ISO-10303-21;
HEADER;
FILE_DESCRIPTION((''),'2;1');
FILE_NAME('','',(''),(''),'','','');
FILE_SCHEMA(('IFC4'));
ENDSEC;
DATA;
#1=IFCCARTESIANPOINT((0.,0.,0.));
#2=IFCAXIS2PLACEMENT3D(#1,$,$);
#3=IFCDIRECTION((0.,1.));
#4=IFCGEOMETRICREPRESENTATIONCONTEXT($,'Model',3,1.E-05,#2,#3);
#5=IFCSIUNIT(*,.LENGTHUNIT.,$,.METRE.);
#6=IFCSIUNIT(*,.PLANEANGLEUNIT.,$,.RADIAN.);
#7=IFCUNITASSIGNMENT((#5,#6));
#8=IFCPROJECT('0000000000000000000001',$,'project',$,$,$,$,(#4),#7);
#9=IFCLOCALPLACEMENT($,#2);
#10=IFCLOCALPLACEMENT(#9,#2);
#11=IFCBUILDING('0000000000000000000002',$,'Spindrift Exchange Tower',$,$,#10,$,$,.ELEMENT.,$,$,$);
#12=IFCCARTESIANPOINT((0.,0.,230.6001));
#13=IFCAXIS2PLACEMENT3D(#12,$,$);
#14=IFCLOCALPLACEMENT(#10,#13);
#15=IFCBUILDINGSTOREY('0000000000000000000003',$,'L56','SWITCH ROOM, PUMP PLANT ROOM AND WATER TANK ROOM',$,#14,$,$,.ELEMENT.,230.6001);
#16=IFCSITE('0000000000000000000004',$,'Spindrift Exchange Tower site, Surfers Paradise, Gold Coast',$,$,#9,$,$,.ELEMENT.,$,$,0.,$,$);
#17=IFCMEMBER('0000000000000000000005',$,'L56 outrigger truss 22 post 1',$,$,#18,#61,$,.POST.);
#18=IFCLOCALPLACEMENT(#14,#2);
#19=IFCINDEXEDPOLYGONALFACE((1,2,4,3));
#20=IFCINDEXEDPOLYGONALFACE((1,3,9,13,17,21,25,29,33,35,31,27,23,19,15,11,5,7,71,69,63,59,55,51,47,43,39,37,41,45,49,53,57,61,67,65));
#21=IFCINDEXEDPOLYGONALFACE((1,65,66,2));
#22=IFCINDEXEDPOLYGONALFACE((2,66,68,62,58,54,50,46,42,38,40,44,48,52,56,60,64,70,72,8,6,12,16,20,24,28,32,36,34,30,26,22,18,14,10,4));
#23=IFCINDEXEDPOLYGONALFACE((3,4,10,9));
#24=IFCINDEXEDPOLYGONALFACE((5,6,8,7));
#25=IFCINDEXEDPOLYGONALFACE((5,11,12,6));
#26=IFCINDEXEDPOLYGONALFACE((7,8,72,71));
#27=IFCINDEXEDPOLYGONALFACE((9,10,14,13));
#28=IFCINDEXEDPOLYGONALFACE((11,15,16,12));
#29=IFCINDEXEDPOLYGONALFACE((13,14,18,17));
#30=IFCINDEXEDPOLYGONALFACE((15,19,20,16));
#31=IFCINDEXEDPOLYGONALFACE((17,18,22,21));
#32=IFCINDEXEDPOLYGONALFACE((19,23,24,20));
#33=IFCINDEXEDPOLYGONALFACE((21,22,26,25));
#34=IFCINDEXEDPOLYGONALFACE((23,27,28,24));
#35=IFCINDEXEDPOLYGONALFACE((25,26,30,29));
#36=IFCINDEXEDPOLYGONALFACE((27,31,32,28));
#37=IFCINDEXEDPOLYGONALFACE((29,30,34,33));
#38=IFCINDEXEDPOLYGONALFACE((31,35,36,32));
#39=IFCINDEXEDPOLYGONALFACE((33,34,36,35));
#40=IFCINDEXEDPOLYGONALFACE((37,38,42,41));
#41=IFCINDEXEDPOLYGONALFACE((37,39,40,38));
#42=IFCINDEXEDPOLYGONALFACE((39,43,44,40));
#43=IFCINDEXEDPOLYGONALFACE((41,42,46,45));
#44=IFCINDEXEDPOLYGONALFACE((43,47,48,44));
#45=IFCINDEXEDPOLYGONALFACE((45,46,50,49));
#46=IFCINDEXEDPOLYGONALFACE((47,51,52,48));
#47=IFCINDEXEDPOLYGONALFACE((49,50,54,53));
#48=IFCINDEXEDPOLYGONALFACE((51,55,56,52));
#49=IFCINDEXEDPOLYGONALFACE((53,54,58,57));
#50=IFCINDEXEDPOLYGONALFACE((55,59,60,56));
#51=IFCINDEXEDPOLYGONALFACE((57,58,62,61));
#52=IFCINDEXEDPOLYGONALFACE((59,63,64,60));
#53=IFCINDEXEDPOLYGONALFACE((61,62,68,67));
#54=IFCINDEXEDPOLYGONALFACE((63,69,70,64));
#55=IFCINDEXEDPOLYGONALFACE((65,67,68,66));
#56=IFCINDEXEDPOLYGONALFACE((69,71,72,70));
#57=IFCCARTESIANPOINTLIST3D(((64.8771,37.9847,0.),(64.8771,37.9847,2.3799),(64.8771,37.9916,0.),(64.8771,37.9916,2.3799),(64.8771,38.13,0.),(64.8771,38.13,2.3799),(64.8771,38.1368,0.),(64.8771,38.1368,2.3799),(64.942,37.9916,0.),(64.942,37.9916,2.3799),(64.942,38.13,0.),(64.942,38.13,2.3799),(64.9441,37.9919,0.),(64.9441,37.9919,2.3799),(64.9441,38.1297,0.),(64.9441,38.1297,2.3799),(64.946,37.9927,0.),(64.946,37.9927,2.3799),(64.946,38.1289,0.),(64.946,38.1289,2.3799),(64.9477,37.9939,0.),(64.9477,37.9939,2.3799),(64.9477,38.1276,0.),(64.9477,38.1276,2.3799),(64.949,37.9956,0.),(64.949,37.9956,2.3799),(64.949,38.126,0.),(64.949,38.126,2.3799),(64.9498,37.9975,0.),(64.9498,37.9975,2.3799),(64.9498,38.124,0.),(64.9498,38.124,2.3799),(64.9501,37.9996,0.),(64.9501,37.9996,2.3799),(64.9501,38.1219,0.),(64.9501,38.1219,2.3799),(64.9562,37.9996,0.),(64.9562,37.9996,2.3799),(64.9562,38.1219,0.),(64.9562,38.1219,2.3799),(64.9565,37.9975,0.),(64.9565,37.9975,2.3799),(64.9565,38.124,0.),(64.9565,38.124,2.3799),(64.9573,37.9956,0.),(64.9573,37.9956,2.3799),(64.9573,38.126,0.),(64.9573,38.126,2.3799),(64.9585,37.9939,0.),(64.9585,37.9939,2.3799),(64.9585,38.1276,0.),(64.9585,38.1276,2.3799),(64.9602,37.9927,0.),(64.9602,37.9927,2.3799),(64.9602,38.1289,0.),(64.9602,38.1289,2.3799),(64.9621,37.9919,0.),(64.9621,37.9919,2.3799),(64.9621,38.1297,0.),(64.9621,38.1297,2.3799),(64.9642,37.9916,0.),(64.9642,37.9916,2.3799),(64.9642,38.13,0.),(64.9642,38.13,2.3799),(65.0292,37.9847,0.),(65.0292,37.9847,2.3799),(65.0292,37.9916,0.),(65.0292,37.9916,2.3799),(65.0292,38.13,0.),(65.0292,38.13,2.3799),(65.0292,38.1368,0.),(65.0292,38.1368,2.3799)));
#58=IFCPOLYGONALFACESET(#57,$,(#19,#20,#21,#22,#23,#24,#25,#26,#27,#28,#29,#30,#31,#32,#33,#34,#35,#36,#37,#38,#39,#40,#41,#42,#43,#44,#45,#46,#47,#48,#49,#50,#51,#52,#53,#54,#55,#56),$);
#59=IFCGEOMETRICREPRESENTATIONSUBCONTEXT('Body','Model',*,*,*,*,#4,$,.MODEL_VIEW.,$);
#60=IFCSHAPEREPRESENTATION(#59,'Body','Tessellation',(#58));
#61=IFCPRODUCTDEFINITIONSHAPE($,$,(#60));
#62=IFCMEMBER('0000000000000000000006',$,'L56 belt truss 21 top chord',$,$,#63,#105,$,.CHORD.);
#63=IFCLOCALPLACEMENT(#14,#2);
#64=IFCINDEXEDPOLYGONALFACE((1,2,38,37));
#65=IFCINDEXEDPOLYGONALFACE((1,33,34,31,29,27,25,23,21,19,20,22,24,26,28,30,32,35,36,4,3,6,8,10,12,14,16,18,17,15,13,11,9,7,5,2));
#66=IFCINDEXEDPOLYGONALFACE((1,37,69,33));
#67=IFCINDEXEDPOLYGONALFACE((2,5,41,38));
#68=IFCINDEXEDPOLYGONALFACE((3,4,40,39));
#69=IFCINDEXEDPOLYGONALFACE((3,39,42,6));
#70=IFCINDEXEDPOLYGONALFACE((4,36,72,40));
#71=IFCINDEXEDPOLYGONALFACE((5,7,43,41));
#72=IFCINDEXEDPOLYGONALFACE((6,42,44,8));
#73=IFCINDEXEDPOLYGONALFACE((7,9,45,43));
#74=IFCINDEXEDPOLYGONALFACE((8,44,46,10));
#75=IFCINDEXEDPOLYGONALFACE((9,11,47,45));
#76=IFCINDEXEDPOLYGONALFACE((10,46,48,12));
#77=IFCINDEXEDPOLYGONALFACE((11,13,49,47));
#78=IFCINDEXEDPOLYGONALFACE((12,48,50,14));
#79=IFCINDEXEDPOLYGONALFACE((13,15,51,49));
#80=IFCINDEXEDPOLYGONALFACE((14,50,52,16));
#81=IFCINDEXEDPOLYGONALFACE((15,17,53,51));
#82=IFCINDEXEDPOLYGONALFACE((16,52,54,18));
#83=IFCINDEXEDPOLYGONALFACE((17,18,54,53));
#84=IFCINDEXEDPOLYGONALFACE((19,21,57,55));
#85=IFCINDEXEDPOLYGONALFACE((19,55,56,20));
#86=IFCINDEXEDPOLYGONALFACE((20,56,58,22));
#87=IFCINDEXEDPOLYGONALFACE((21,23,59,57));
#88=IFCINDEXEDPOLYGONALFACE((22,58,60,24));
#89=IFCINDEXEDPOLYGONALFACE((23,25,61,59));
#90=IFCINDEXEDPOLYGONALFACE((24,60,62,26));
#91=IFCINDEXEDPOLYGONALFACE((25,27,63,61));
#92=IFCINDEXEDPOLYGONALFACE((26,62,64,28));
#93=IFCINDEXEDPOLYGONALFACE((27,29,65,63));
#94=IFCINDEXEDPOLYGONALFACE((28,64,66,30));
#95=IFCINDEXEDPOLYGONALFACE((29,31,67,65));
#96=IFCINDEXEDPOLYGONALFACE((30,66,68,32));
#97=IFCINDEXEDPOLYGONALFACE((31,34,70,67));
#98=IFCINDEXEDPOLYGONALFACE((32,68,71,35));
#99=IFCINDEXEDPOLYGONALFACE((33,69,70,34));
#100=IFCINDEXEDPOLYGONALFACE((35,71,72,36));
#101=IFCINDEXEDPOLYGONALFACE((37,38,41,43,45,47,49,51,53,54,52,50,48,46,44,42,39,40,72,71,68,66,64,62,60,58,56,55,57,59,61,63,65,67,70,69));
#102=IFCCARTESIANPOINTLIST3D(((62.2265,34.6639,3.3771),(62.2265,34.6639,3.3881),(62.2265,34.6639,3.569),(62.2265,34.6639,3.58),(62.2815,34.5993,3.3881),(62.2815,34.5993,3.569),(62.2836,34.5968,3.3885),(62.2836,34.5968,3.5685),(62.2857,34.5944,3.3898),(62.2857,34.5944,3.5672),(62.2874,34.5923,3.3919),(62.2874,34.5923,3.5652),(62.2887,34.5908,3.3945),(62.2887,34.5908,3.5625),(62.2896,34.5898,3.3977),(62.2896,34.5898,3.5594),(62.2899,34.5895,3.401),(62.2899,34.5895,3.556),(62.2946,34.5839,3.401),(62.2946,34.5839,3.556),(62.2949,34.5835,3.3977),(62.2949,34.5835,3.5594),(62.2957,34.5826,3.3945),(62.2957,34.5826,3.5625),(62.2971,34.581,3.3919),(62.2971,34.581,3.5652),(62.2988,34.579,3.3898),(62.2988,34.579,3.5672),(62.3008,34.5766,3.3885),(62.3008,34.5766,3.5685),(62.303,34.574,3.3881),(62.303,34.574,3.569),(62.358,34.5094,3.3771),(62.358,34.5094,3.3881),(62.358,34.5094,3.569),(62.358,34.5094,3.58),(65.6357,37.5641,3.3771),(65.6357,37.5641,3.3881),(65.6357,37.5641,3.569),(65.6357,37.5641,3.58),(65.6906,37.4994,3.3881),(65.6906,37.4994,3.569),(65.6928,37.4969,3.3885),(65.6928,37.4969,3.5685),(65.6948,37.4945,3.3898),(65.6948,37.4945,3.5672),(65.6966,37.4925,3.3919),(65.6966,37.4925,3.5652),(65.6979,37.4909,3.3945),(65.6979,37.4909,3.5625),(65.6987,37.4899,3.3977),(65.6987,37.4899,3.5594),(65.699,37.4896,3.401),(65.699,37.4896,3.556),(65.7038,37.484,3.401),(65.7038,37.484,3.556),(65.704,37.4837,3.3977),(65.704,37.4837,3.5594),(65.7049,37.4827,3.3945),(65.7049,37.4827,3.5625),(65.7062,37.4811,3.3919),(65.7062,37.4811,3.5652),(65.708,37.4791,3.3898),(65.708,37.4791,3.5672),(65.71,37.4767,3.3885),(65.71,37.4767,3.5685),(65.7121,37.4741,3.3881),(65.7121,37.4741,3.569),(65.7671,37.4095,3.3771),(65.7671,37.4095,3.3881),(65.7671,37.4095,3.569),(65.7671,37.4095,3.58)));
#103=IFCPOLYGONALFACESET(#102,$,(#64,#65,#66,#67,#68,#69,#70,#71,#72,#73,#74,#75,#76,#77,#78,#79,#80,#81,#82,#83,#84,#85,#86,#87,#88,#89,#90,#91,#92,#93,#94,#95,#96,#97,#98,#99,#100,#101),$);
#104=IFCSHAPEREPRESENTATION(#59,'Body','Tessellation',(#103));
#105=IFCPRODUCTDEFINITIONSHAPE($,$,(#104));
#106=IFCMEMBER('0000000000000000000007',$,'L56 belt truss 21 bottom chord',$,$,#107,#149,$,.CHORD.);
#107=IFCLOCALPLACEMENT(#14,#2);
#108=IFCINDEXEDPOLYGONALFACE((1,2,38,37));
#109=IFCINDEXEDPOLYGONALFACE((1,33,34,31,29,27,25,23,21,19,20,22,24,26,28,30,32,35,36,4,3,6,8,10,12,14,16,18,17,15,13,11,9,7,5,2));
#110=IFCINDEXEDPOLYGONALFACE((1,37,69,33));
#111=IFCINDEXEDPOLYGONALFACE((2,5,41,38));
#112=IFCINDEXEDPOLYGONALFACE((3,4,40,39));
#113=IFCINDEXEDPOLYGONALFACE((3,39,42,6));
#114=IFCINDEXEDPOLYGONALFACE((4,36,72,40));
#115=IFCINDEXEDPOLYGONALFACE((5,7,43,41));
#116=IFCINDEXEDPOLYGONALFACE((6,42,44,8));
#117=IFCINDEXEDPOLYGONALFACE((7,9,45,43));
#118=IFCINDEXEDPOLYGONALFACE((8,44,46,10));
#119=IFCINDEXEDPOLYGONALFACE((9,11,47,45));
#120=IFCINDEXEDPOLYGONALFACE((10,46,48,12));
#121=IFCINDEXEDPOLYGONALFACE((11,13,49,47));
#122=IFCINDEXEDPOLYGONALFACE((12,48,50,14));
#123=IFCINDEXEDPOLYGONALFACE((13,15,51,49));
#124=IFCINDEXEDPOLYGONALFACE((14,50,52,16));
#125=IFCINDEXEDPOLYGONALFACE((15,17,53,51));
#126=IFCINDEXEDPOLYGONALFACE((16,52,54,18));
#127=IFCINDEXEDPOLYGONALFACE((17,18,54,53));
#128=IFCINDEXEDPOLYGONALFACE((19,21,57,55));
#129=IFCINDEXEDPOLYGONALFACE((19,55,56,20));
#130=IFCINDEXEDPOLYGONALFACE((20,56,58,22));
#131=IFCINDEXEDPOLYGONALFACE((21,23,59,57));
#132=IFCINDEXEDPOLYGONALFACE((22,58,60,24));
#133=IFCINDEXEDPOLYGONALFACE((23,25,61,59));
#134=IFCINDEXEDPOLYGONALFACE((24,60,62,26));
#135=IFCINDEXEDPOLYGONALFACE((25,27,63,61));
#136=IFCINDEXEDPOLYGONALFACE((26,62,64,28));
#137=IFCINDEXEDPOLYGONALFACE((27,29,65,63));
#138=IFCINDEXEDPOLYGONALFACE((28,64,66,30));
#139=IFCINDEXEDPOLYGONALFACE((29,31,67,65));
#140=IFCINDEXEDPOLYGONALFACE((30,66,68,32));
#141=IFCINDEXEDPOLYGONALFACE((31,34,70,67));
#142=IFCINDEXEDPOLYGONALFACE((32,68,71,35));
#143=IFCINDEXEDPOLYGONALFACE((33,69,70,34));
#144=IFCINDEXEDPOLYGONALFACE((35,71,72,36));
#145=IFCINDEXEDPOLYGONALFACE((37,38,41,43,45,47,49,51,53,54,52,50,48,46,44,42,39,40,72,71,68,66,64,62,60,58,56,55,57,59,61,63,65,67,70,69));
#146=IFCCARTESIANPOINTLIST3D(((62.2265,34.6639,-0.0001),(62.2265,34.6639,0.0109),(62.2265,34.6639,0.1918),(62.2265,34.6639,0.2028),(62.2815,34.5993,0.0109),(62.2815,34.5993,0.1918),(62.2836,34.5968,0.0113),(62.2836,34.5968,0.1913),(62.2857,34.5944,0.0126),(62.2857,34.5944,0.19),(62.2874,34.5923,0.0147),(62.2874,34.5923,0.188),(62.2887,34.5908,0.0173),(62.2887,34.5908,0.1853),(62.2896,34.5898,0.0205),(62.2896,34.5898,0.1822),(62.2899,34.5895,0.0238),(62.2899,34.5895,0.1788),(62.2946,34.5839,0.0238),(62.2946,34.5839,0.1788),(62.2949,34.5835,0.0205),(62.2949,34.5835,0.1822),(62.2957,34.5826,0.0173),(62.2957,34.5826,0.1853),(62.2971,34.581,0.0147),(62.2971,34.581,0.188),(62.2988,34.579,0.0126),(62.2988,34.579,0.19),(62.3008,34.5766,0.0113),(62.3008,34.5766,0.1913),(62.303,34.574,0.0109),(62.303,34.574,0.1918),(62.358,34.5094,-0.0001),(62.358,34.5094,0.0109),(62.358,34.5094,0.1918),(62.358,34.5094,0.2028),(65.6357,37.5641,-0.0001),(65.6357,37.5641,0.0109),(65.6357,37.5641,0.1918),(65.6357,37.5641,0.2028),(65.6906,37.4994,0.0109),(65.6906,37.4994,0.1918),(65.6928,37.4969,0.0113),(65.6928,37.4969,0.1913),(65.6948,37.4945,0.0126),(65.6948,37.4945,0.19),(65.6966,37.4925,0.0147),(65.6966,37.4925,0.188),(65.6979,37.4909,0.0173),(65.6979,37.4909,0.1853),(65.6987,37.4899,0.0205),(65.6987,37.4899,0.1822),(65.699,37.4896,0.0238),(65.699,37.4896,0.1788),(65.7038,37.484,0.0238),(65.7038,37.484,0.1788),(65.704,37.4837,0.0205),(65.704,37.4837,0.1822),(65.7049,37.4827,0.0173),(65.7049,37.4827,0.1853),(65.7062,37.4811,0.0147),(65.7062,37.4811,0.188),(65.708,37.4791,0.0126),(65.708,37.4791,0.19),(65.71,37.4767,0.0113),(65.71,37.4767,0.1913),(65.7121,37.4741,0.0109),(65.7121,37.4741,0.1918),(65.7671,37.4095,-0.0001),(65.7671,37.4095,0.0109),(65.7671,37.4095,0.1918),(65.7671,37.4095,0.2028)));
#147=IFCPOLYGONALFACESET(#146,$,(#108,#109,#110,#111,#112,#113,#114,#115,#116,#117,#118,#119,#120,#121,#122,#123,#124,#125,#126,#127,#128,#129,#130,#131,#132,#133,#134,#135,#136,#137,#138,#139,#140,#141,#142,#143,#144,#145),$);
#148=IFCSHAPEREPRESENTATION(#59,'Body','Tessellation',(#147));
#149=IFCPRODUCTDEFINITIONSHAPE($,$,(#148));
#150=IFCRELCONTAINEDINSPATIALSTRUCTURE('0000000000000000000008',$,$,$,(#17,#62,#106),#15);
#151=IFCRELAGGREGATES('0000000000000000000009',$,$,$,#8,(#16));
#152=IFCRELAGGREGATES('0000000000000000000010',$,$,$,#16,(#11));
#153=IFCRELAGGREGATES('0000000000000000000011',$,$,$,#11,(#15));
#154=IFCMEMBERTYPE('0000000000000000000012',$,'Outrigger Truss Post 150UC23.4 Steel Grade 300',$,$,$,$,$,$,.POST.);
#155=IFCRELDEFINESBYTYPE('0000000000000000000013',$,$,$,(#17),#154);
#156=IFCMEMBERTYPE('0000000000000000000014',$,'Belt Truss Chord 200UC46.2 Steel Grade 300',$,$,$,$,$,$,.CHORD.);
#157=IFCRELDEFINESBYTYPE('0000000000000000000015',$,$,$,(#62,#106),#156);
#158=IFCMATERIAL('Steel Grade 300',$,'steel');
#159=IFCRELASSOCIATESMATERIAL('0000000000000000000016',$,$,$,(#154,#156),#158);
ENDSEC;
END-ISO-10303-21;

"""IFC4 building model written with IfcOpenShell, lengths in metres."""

from ifc_helpers import new_model, si_unit, direction, frame, origin, origin_2d, place, context, subcontext, project, spatial, i_section, extrude, source, transform, mapped, material, material_profile, profile_set, type_object, element, save


model = new_model("IFC4")

# Units and contexts
model_context = context("Model", 3, precision=1e-05, world=origin(), true_north=direction((0.0, 1.0)))
body_context = subcontext(model_context, "Body", "Model", "MODEL_VIEW")
ifc_project = project(units=[si_unit("LENGTHUNIT", "METRE"), si_unit("PLANEANGLEUNIT", "RADIAN")], contexts=[model_context])

# Site, building, storey
site_placement = place(None, origin())
site = spatial("IfcSite", under=ifc_project, at=site_placement, Name="Spindrift Exchange Tower site, Surfers Paradise, Gold Coast", CompositionType="ELEMENT", RefElevation=0.0)
building_placement = place(site_placement, origin())
building = spatial("IfcBuilding", under=site, at=building_placement, Name="Spindrift Exchange Tower", CompositionType="ELEMENT")
storey_placement = place(building_placement, frame((0.0, 0.0, 230.6001)))
storey = spatial("IfcBuildingStorey", under=building, at=storey_placement, Name="L56", Description="SWITCH ROOM, PUMP PLANT ROOM AND WATER TANK ROOM", CompositionType="ELEMENT", Elevation=230.6001)

# Shared definitions
ifc_material_1 = material(Name="Steel Grade 300", Category="steel")

# Members
ifc_material_profile_1 = material_profile(ifc_material_1, i_section(OverallWidth=0.1521, OverallDepth=0.1521, WebThickness=0.0061, FlangeThickness=0.0068, FilletRadius=0.0081, at=origin_2d()), Name="150UC23.4")
ifc_profile_set_1 = profile_set([ifc_material_profile_1], Name="Steel Grade 300")
member_type_1 = type_object("IfcMemberType", Name="Outrigger Truss Post 150UC23.4 Steel Grade 300", PredefinedType="POST", material=ifc_profile_set_1)
shared_shape_1 = source(origin(), body_context, "Body", "SweptSolid", [
    extrude(i_section(OverallWidth=0.1521, OverallDepth=0.1521, WebThickness=0.0061, FlangeThickness=0.0068, FilletRadius=0.0081, at=origin_2d()), origin(), (0.0, 0.0, 1.0), 2.3799),
])
member_1_placement = place(storey_placement, frame((64.9531, 38.0608, 0.0), z_axis=(0.0, 0.0, 1.0), x_axis=(1.0, 0.0, 0.0)))
element("IfcMember", 1, at=member_1_placement, inside=storey, type_object=member_type_1, Name="L56 outrigger truss 22 post 1", PredefinedType="POST", context=body_context, shape_type="MappedRepresentation", body=[
    mapped(shared_shape_1, transform((0.0, 0.0, 0.0), scale=1.0)),
])
ifc_material_profile_2 = material_profile(ifc_material_1, i_section(OverallWidth=0.2029, OverallDepth=0.2029, WebThickness=0.0073, FlangeThickness=0.011, FilletRadius=0.0129, at=origin_2d()), Name="200UC46.2")
ifc_profile_set_2 = profile_set([ifc_material_profile_2], Name="Steel Grade 300")
member_type_2 = type_object("IfcMemberType", Name="Belt Truss Chord 200UC46.2 Steel Grade 300", PredefinedType="CHORD", material=ifc_profile_set_2)
shared_shape_2 = source(origin(), body_context, "Body", "SweptSolid", [
    extrude(i_section(OverallWidth=0.2029, OverallDepth=0.2029, WebThickness=0.0073, FlangeThickness=0.011, FilletRadius=0.0129, at=origin_2d()), origin(), (0.0, 0.0, 1.0), 4.4758),
])
for number, where, z_axis, x_axis, name in (
    (2, (62.2922, 34.5867, 3.4785), (0.761681, 0.647952, 0.0), (-0.647952, 0.761681, 0.0), "L56 belt truss 21 top chord"),
    (3, (62.2922, 34.5867, 0.1013), (0.761681, 0.647952, 0.0), (-0.647952, 0.761681, 0.0), "L56 belt truss 21 bottom chord"),
):
    element("IfcMember", number, at=place(storey_placement, frame(where, z_axis=z_axis, x_axis=x_axis)), inside=storey, type_object=member_type_2, Name=name, PredefinedType="CHORD", context=body_context, shape_type="MappedRepresentation", body=[
        mapped(shared_shape_2, transform((0.0, 0.0, 0.0), scale=1.0)),
    ])

save(model, "model.ifc")
